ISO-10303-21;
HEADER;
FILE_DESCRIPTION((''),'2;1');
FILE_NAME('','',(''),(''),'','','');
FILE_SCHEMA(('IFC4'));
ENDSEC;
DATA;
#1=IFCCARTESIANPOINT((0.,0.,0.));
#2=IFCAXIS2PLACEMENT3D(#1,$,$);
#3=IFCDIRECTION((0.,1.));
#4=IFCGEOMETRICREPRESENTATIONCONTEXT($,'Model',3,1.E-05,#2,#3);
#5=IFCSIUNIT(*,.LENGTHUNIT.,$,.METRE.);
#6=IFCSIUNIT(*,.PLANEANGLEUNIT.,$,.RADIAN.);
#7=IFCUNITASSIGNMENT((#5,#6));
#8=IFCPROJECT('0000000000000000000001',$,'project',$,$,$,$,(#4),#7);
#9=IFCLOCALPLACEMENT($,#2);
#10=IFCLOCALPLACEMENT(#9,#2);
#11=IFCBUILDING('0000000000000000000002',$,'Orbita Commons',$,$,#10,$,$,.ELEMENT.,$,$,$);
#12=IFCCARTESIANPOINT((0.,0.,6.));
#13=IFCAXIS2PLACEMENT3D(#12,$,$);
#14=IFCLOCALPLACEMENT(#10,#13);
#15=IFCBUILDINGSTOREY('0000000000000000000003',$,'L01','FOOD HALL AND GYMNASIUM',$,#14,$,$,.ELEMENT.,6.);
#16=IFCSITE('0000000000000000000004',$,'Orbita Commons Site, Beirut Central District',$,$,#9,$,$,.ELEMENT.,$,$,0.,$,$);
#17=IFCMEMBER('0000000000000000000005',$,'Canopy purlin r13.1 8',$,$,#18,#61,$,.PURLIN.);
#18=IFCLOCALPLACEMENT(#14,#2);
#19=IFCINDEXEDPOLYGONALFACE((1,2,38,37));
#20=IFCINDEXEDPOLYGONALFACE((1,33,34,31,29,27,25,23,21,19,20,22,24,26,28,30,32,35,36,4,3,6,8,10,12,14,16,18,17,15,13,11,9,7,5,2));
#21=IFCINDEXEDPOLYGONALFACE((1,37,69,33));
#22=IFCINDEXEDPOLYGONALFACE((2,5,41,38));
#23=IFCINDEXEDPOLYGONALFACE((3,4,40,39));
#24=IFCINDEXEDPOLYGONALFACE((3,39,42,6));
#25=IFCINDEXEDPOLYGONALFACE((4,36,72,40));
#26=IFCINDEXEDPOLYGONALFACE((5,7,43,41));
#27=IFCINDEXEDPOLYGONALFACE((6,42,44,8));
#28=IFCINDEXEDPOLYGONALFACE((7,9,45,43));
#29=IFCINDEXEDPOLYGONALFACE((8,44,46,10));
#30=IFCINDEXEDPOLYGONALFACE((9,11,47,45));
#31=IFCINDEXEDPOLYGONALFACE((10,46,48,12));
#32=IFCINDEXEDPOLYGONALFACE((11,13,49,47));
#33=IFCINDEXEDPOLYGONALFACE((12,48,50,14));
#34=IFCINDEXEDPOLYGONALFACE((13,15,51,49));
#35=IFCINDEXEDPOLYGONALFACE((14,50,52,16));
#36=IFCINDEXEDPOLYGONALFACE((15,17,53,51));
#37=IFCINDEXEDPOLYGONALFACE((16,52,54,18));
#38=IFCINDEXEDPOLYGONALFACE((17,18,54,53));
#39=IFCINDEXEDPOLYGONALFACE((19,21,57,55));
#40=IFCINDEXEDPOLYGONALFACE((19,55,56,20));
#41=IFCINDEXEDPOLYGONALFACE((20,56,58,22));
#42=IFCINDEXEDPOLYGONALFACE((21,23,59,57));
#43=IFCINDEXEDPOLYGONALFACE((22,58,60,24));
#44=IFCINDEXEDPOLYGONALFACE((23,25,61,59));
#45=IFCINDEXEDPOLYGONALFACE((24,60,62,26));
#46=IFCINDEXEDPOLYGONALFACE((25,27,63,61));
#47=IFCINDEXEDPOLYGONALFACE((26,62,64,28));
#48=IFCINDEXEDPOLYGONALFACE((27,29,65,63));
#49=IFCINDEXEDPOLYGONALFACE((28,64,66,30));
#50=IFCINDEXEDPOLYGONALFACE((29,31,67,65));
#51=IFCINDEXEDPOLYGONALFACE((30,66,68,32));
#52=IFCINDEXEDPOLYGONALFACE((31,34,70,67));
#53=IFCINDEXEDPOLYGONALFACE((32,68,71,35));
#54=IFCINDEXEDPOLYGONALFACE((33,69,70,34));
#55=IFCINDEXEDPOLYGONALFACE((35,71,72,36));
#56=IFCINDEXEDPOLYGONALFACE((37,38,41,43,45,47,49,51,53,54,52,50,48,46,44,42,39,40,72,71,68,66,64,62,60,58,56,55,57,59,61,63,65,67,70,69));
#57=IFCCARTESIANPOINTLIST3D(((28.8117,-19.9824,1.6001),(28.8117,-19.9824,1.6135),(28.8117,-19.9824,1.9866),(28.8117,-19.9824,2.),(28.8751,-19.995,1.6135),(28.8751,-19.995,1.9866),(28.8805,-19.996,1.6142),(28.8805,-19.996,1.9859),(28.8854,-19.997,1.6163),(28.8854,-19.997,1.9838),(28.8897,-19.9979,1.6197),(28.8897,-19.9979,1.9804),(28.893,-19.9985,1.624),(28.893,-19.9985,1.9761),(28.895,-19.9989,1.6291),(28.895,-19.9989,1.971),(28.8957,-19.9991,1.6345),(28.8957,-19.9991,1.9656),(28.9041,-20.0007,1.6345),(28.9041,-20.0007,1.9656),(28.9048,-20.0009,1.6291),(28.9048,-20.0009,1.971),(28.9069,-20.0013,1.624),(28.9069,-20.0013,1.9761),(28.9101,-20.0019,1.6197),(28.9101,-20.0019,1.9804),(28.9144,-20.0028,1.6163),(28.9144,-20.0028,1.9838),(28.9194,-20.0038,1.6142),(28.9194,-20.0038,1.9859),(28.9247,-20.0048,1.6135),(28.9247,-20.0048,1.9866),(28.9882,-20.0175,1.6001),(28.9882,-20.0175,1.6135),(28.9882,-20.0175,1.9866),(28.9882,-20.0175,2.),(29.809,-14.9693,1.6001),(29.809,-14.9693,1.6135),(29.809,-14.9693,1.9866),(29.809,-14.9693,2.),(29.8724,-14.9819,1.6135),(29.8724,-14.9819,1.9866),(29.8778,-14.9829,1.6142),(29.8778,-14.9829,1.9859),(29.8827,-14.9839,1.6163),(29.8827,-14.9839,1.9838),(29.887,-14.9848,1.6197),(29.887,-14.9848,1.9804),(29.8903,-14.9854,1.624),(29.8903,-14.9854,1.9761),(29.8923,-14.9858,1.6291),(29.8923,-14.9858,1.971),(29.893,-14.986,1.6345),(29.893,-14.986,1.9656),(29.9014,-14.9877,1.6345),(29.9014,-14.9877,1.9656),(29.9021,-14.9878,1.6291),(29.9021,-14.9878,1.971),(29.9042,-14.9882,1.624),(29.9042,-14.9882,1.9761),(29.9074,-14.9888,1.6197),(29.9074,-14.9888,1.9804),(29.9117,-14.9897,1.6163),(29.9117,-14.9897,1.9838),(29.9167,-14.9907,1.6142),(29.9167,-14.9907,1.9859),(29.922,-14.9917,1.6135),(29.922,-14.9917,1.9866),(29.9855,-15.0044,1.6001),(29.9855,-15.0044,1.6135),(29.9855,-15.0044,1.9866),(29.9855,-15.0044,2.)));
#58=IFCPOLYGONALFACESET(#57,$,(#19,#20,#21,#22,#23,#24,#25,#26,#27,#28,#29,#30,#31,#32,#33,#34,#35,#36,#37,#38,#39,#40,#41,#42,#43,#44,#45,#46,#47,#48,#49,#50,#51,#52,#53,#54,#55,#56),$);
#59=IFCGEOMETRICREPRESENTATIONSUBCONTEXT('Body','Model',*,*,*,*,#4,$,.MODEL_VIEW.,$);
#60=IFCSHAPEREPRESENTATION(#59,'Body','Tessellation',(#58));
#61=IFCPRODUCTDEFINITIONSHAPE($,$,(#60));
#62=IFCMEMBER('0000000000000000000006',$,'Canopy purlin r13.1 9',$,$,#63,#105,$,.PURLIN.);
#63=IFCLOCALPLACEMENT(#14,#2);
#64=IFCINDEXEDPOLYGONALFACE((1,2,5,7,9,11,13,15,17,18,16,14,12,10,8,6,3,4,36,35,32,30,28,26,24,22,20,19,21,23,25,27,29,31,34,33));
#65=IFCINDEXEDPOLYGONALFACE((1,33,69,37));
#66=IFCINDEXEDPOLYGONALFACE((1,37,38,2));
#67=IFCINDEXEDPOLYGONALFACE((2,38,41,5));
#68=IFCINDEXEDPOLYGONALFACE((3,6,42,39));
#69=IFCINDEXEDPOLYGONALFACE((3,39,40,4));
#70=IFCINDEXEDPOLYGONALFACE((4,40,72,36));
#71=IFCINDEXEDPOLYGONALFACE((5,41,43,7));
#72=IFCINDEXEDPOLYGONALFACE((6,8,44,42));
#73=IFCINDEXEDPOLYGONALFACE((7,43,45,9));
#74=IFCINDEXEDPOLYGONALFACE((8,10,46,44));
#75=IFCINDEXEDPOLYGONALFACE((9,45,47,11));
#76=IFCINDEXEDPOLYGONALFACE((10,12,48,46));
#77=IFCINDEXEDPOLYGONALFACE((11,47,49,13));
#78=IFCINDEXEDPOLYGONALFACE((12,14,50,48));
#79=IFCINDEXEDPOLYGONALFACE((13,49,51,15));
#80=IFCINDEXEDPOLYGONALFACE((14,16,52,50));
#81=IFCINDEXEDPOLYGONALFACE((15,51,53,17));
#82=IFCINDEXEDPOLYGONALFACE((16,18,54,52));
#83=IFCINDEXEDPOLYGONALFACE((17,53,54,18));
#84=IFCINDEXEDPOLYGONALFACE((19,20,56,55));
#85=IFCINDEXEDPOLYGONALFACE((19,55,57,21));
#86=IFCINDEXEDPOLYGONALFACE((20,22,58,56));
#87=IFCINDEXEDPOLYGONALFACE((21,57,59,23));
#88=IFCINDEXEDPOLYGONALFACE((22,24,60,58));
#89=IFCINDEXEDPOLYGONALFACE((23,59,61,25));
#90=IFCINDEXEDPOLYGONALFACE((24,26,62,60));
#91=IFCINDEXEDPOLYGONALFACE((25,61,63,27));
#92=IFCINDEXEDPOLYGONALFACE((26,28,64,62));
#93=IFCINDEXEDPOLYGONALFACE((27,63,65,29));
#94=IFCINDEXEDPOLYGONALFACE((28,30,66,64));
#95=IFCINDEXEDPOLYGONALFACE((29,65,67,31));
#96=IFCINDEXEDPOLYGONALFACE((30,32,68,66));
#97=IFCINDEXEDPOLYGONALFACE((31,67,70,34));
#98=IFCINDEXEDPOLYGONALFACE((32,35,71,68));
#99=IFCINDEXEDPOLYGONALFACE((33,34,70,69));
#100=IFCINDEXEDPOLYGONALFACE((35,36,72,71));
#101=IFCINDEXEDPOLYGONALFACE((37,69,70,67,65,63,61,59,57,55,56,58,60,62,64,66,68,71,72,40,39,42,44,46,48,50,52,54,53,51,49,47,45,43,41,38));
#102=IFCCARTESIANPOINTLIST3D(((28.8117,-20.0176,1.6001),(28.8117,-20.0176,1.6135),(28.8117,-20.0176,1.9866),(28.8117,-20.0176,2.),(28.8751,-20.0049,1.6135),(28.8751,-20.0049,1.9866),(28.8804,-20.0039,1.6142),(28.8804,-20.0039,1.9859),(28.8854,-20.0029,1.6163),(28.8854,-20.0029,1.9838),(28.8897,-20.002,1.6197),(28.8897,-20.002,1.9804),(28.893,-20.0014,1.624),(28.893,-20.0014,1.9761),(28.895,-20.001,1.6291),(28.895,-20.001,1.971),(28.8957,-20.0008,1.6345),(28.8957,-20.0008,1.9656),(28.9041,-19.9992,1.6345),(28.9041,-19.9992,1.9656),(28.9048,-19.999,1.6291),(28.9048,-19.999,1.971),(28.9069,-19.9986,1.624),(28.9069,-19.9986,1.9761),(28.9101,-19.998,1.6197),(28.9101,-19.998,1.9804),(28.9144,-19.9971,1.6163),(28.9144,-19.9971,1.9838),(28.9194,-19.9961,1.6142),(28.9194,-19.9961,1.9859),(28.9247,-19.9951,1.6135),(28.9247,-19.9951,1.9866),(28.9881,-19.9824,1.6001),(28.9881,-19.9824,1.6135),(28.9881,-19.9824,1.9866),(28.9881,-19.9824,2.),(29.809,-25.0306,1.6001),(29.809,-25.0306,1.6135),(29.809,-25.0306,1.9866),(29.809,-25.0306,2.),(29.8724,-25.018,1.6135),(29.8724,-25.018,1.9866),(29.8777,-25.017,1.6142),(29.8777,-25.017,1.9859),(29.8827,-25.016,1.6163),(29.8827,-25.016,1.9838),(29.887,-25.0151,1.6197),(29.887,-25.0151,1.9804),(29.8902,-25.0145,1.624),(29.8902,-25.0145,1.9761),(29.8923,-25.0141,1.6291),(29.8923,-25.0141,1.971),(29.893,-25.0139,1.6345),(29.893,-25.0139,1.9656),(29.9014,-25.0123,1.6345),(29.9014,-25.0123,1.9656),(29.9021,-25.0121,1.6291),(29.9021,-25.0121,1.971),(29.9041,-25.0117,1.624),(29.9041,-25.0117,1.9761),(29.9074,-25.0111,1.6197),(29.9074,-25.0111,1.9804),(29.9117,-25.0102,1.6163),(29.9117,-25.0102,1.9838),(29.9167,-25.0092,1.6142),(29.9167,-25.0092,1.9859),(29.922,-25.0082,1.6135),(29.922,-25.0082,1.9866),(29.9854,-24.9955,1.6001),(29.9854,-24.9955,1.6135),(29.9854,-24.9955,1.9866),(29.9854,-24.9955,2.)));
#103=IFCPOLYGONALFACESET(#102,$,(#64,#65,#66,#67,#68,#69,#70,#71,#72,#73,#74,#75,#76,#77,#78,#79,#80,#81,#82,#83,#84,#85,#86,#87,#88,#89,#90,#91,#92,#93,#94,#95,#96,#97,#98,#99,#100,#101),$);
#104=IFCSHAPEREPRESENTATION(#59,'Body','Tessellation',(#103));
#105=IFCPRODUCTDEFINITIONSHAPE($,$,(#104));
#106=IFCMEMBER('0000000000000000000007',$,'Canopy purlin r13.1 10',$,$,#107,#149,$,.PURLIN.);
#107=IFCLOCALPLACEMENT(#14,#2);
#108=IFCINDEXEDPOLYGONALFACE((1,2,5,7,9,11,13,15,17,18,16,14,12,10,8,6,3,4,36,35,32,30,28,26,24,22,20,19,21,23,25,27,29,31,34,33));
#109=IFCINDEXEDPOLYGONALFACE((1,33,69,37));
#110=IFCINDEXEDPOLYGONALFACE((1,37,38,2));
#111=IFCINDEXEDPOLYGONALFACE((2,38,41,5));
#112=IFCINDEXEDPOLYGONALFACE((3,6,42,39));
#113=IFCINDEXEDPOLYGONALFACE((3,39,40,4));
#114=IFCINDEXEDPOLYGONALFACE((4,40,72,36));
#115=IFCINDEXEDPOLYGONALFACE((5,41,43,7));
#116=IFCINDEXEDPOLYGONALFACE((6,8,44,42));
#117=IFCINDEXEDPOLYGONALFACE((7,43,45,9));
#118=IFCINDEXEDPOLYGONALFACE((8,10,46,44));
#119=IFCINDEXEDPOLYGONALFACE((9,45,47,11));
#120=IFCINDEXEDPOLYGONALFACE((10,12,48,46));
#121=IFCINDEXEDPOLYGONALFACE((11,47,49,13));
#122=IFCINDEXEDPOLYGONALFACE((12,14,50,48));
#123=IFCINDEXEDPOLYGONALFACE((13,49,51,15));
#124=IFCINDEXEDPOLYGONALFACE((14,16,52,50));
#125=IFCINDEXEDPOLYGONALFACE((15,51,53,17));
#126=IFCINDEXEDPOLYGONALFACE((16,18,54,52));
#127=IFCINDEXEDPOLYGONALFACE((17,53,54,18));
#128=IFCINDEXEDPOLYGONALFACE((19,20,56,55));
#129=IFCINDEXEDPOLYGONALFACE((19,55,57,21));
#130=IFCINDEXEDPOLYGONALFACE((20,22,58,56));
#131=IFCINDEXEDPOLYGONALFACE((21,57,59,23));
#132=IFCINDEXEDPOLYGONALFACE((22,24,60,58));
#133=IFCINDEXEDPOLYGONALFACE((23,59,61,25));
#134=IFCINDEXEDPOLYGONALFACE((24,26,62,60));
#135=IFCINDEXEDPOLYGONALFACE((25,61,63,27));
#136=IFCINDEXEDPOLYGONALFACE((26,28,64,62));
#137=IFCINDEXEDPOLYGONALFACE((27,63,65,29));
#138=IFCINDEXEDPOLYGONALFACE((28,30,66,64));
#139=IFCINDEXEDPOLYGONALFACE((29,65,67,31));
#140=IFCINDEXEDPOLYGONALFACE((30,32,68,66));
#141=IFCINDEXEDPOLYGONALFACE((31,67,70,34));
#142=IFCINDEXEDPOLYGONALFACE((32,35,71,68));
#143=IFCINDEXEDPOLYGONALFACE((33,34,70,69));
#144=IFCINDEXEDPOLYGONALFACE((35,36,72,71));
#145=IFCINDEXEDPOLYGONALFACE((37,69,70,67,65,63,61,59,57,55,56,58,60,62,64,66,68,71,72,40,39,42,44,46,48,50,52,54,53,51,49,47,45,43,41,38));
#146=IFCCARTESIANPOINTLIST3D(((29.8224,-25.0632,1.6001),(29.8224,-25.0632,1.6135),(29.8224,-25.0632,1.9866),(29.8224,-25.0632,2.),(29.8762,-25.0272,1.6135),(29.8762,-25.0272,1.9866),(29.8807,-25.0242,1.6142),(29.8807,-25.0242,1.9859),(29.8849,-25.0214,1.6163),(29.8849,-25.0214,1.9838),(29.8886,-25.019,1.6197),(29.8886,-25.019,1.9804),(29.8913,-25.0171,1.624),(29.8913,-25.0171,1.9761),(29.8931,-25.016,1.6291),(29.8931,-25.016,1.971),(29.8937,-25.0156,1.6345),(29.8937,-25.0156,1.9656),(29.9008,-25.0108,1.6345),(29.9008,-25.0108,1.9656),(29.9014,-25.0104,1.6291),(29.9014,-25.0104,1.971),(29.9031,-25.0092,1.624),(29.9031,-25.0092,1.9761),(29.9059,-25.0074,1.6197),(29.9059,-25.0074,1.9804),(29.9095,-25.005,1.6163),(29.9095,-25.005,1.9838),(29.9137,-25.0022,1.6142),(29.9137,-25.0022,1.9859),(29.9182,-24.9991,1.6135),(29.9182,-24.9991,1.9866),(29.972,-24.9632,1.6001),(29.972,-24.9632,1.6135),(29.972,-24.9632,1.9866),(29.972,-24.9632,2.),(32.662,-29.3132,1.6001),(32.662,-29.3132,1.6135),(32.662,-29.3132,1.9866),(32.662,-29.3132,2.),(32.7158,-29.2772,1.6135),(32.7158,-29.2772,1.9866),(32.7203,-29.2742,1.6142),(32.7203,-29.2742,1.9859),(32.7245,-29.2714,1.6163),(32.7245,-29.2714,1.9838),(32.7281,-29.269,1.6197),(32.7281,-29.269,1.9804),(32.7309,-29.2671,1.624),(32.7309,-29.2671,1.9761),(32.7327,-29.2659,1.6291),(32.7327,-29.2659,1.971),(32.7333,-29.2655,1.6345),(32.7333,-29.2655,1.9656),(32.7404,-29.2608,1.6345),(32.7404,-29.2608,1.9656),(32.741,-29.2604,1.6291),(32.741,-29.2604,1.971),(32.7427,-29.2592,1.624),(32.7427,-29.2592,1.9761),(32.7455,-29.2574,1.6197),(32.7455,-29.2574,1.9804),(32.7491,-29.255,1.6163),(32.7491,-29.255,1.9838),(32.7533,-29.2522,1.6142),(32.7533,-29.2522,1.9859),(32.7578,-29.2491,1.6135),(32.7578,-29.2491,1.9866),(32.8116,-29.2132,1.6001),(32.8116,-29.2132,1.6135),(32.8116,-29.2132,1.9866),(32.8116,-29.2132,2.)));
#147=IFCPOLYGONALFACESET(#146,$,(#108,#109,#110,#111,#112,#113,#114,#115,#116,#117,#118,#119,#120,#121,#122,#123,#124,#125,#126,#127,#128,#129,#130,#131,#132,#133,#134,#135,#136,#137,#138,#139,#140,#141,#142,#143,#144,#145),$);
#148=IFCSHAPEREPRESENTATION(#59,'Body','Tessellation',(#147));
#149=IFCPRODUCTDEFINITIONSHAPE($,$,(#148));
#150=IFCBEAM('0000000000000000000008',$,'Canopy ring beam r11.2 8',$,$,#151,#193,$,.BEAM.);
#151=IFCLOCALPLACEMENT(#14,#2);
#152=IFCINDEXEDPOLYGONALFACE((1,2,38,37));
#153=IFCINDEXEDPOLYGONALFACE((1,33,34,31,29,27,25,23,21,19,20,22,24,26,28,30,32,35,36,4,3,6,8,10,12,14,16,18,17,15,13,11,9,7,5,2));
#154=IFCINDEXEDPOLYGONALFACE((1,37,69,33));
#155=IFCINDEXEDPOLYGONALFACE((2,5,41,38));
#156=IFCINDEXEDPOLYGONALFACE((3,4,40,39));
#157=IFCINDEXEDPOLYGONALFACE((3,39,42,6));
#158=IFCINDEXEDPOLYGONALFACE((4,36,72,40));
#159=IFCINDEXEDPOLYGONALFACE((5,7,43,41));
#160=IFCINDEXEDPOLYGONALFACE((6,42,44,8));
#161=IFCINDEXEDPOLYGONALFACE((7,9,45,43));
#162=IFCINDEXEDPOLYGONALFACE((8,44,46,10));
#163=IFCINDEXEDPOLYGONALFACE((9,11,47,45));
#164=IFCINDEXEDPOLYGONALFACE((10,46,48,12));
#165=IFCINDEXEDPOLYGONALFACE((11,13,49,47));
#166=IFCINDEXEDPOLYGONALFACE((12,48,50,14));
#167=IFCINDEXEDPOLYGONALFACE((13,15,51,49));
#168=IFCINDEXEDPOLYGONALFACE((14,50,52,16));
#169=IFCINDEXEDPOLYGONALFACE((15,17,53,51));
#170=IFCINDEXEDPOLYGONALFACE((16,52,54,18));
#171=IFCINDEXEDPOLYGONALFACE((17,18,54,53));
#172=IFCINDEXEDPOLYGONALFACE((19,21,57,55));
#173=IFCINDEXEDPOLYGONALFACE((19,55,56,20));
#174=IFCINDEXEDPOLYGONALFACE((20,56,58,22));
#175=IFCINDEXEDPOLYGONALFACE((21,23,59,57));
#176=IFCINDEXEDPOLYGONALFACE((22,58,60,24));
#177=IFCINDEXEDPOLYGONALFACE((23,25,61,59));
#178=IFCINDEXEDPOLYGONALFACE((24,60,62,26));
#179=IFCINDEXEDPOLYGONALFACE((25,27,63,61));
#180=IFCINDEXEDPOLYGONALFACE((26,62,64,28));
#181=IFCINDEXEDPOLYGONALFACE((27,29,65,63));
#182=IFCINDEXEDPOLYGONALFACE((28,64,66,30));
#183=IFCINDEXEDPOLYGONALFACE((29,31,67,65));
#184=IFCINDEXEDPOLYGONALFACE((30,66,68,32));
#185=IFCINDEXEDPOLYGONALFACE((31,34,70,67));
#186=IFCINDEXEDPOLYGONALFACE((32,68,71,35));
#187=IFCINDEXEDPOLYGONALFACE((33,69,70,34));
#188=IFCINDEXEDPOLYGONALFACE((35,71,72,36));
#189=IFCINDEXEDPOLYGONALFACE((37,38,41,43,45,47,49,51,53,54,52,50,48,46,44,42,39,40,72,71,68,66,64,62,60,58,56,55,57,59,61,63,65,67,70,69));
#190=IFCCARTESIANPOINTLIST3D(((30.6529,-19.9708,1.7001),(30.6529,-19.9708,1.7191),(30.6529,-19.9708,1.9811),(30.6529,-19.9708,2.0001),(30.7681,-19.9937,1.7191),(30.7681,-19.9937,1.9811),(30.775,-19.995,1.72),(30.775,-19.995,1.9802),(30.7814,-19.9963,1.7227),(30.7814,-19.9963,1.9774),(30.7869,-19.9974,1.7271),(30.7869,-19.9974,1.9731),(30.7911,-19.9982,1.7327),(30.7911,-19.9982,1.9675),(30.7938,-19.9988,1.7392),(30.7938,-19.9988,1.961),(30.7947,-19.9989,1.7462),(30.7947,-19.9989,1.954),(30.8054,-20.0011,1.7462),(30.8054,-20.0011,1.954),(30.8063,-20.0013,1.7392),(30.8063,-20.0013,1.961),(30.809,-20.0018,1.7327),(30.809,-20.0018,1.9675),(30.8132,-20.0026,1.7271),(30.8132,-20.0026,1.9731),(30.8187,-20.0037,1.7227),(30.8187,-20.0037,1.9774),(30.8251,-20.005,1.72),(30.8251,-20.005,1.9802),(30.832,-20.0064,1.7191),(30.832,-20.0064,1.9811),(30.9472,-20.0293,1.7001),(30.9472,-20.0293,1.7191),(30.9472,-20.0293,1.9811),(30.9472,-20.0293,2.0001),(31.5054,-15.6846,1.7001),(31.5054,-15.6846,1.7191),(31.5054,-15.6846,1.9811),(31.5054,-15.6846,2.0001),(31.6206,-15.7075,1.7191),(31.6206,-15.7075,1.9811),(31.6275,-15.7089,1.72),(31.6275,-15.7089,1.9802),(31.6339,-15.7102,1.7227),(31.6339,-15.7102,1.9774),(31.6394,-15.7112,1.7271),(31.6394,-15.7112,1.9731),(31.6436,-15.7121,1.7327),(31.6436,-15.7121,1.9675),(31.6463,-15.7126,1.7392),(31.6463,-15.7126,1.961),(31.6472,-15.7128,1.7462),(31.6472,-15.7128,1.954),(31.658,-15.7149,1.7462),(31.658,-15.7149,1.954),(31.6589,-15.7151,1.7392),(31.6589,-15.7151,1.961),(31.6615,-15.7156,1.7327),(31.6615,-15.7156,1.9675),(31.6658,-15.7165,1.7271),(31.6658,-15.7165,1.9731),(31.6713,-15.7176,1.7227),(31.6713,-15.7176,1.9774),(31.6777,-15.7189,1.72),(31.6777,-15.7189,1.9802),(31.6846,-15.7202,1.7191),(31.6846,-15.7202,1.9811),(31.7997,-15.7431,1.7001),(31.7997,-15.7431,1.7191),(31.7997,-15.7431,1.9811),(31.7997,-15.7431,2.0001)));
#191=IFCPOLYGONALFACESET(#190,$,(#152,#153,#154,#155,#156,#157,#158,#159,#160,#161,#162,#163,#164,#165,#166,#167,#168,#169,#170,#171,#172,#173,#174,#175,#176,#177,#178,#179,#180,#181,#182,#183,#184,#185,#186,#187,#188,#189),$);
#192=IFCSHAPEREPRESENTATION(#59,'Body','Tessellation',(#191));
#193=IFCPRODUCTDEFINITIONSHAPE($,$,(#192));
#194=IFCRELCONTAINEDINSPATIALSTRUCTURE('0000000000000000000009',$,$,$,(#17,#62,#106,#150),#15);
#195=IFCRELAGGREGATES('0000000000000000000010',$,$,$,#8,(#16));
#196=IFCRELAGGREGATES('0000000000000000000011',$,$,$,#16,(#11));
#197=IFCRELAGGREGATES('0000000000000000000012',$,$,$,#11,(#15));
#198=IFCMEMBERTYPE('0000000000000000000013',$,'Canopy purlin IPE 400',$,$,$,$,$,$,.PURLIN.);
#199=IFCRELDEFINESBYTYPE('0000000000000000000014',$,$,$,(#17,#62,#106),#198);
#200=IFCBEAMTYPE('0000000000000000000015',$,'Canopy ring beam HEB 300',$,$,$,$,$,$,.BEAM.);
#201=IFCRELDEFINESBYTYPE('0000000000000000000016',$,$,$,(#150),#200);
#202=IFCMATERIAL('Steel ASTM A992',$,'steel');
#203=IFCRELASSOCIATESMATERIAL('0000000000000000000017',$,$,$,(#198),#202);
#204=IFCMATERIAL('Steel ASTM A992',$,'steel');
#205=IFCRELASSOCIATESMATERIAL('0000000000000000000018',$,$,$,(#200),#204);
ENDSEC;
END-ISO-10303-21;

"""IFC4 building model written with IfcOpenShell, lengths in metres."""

from ifc_helpers import new_model, si_unit, direction, frame, origin, origin_2d, place, context, subcontext, project, spatial, i_section, extrude, material, material_profile, profile_set, type_object, element, save


model = new_model("IFC4")

# Units and contexts
model_context = context("Model", 3, precision=1e-05, world=origin(), true_north=direction((0.0, 1.0)))
body_context = subcontext(model_context, "Body", "Model", "MODEL_VIEW")
ifc_project = project(units=[si_unit("LENGTHUNIT", "METRE"), si_unit("PLANEANGLEUNIT", "RADIAN")], contexts=[model_context])

# Site, building, storey
site_placement = place(None, origin())
site = spatial("IfcSite", under=ifc_project, at=site_placement, Name="Orbita Commons Site, Beirut Central District", CompositionType="ELEMENT", RefElevation=0.0)
building_placement = place(site_placement, origin())
building = spatial("IfcBuilding", under=site, at=building_placement, Name="Orbita Commons", CompositionType="ELEMENT")
storey_placement = place(building_placement, frame((0.0, 0.0, 6.0)))
storey = spatial("IfcBuildingStorey", under=building, at=storey_placement, Name="L01", Description="FOOD HALL AND GYMNASIUM", CompositionType="ELEMENT", Elevation=6.0)

# Members
ifc_material_1 = material(Name="Steel ASTM A992", Category="steel")
ifc_material_profile_1 = material_profile(ifc_material_1, i_section(OverallWidth=0.1799, OverallDepth=0.3999, WebThickness=0.0085, FlangeThickness=0.0134, FilletRadius=0.021, at=origin_2d()), Name="IPE 400")
ifc_profile_set_1 = profile_set([ifc_material_profile_1], Name="Steel ASTM A992")
member_type_1 = type_object("IfcMemberType", Name="Canopy purlin IPE 400", PredefinedType="PURLIN", material=ifc_profile_set_1)
for number, where, z_axis, x_axis, name in (
    (1, (29.8972, -14.9868, 1.8), (-0.195115, -0.98078, 0.0), (0.98078, -0.195115, 0.0), "Canopy purlin r13.1 8"),
    (2, (28.8999, -20.0, 1.8), (0.195115, -0.98078, 0.0), (0.98078, 0.195115, 0.0), "Canopy purlin r13.1 9"),
    (3, (29.8972, -25.0132, 1.8), (0.555549, -0.831484, 0.0), (0.831484, 0.555549, 0.0), "Canopy purlin r13.1 10"),
):
    element("IfcMember", number, at=place(storey_placement, frame(where, z_axis=z_axis, x_axis=x_axis)), inside=storey, type_object=member_type_1, Name=name, PredefinedType="PURLIN", context=body_context, shape_type="SweptSolid", body=[
        extrude(i_section(OverallWidth=0.1799, OverallDepth=0.3999, WebThickness=0.0085, FlangeThickness=0.0134, FilletRadius=0.021, at=origin_2d()), origin(), (0.0, 0.0, 1.0), 5.1113),
    ])

# Beam
ifc_material_2 = material(Name="Steel ASTM A992", Category="steel")
ifc_material_profile_2 = material_profile(ifc_material_2, i_section(OverallWidth=0.3, OverallDepth=0.3, WebThickness=0.011, FlangeThickness=0.019, FilletRadius=0.0271, at=origin_2d()), Name="HEB 300")
ifc_profile_set_2 = profile_set([ifc_material_profile_2], Name="Steel ASTM A992")
beam_type = type_object("IfcBeamType", Name="Canopy ring beam HEB 300", PredefinedType="BEAM", material=ifc_profile_set_2)
for number, where, z_axis, x_axis, name in (
    (4, (31.6526, -15.7139, 1.8501), (-0.195085, -0.980786, 0.0), (0.980786, -0.195085, 0.0), "Canopy ring beam r11.2 8"),
):
    element("IfcBeam", number, at=place(storey_placement, frame(where, z_axis=z_axis, x_axis=x_axis)), inside=storey, type_object=beam_type, Name=name, PredefinedType="BEAM", context=body_context, shape_type="SweptSolid", body=[
        extrude(i_section(OverallWidth=0.3, OverallDepth=0.3, WebThickness=0.011, FlangeThickness=0.019, FilletRadius=0.0271, at=origin_2d()), origin(), (0.0, 0.0, 1.0), 4.3701),
    ])

save(model, "model.ifc")
